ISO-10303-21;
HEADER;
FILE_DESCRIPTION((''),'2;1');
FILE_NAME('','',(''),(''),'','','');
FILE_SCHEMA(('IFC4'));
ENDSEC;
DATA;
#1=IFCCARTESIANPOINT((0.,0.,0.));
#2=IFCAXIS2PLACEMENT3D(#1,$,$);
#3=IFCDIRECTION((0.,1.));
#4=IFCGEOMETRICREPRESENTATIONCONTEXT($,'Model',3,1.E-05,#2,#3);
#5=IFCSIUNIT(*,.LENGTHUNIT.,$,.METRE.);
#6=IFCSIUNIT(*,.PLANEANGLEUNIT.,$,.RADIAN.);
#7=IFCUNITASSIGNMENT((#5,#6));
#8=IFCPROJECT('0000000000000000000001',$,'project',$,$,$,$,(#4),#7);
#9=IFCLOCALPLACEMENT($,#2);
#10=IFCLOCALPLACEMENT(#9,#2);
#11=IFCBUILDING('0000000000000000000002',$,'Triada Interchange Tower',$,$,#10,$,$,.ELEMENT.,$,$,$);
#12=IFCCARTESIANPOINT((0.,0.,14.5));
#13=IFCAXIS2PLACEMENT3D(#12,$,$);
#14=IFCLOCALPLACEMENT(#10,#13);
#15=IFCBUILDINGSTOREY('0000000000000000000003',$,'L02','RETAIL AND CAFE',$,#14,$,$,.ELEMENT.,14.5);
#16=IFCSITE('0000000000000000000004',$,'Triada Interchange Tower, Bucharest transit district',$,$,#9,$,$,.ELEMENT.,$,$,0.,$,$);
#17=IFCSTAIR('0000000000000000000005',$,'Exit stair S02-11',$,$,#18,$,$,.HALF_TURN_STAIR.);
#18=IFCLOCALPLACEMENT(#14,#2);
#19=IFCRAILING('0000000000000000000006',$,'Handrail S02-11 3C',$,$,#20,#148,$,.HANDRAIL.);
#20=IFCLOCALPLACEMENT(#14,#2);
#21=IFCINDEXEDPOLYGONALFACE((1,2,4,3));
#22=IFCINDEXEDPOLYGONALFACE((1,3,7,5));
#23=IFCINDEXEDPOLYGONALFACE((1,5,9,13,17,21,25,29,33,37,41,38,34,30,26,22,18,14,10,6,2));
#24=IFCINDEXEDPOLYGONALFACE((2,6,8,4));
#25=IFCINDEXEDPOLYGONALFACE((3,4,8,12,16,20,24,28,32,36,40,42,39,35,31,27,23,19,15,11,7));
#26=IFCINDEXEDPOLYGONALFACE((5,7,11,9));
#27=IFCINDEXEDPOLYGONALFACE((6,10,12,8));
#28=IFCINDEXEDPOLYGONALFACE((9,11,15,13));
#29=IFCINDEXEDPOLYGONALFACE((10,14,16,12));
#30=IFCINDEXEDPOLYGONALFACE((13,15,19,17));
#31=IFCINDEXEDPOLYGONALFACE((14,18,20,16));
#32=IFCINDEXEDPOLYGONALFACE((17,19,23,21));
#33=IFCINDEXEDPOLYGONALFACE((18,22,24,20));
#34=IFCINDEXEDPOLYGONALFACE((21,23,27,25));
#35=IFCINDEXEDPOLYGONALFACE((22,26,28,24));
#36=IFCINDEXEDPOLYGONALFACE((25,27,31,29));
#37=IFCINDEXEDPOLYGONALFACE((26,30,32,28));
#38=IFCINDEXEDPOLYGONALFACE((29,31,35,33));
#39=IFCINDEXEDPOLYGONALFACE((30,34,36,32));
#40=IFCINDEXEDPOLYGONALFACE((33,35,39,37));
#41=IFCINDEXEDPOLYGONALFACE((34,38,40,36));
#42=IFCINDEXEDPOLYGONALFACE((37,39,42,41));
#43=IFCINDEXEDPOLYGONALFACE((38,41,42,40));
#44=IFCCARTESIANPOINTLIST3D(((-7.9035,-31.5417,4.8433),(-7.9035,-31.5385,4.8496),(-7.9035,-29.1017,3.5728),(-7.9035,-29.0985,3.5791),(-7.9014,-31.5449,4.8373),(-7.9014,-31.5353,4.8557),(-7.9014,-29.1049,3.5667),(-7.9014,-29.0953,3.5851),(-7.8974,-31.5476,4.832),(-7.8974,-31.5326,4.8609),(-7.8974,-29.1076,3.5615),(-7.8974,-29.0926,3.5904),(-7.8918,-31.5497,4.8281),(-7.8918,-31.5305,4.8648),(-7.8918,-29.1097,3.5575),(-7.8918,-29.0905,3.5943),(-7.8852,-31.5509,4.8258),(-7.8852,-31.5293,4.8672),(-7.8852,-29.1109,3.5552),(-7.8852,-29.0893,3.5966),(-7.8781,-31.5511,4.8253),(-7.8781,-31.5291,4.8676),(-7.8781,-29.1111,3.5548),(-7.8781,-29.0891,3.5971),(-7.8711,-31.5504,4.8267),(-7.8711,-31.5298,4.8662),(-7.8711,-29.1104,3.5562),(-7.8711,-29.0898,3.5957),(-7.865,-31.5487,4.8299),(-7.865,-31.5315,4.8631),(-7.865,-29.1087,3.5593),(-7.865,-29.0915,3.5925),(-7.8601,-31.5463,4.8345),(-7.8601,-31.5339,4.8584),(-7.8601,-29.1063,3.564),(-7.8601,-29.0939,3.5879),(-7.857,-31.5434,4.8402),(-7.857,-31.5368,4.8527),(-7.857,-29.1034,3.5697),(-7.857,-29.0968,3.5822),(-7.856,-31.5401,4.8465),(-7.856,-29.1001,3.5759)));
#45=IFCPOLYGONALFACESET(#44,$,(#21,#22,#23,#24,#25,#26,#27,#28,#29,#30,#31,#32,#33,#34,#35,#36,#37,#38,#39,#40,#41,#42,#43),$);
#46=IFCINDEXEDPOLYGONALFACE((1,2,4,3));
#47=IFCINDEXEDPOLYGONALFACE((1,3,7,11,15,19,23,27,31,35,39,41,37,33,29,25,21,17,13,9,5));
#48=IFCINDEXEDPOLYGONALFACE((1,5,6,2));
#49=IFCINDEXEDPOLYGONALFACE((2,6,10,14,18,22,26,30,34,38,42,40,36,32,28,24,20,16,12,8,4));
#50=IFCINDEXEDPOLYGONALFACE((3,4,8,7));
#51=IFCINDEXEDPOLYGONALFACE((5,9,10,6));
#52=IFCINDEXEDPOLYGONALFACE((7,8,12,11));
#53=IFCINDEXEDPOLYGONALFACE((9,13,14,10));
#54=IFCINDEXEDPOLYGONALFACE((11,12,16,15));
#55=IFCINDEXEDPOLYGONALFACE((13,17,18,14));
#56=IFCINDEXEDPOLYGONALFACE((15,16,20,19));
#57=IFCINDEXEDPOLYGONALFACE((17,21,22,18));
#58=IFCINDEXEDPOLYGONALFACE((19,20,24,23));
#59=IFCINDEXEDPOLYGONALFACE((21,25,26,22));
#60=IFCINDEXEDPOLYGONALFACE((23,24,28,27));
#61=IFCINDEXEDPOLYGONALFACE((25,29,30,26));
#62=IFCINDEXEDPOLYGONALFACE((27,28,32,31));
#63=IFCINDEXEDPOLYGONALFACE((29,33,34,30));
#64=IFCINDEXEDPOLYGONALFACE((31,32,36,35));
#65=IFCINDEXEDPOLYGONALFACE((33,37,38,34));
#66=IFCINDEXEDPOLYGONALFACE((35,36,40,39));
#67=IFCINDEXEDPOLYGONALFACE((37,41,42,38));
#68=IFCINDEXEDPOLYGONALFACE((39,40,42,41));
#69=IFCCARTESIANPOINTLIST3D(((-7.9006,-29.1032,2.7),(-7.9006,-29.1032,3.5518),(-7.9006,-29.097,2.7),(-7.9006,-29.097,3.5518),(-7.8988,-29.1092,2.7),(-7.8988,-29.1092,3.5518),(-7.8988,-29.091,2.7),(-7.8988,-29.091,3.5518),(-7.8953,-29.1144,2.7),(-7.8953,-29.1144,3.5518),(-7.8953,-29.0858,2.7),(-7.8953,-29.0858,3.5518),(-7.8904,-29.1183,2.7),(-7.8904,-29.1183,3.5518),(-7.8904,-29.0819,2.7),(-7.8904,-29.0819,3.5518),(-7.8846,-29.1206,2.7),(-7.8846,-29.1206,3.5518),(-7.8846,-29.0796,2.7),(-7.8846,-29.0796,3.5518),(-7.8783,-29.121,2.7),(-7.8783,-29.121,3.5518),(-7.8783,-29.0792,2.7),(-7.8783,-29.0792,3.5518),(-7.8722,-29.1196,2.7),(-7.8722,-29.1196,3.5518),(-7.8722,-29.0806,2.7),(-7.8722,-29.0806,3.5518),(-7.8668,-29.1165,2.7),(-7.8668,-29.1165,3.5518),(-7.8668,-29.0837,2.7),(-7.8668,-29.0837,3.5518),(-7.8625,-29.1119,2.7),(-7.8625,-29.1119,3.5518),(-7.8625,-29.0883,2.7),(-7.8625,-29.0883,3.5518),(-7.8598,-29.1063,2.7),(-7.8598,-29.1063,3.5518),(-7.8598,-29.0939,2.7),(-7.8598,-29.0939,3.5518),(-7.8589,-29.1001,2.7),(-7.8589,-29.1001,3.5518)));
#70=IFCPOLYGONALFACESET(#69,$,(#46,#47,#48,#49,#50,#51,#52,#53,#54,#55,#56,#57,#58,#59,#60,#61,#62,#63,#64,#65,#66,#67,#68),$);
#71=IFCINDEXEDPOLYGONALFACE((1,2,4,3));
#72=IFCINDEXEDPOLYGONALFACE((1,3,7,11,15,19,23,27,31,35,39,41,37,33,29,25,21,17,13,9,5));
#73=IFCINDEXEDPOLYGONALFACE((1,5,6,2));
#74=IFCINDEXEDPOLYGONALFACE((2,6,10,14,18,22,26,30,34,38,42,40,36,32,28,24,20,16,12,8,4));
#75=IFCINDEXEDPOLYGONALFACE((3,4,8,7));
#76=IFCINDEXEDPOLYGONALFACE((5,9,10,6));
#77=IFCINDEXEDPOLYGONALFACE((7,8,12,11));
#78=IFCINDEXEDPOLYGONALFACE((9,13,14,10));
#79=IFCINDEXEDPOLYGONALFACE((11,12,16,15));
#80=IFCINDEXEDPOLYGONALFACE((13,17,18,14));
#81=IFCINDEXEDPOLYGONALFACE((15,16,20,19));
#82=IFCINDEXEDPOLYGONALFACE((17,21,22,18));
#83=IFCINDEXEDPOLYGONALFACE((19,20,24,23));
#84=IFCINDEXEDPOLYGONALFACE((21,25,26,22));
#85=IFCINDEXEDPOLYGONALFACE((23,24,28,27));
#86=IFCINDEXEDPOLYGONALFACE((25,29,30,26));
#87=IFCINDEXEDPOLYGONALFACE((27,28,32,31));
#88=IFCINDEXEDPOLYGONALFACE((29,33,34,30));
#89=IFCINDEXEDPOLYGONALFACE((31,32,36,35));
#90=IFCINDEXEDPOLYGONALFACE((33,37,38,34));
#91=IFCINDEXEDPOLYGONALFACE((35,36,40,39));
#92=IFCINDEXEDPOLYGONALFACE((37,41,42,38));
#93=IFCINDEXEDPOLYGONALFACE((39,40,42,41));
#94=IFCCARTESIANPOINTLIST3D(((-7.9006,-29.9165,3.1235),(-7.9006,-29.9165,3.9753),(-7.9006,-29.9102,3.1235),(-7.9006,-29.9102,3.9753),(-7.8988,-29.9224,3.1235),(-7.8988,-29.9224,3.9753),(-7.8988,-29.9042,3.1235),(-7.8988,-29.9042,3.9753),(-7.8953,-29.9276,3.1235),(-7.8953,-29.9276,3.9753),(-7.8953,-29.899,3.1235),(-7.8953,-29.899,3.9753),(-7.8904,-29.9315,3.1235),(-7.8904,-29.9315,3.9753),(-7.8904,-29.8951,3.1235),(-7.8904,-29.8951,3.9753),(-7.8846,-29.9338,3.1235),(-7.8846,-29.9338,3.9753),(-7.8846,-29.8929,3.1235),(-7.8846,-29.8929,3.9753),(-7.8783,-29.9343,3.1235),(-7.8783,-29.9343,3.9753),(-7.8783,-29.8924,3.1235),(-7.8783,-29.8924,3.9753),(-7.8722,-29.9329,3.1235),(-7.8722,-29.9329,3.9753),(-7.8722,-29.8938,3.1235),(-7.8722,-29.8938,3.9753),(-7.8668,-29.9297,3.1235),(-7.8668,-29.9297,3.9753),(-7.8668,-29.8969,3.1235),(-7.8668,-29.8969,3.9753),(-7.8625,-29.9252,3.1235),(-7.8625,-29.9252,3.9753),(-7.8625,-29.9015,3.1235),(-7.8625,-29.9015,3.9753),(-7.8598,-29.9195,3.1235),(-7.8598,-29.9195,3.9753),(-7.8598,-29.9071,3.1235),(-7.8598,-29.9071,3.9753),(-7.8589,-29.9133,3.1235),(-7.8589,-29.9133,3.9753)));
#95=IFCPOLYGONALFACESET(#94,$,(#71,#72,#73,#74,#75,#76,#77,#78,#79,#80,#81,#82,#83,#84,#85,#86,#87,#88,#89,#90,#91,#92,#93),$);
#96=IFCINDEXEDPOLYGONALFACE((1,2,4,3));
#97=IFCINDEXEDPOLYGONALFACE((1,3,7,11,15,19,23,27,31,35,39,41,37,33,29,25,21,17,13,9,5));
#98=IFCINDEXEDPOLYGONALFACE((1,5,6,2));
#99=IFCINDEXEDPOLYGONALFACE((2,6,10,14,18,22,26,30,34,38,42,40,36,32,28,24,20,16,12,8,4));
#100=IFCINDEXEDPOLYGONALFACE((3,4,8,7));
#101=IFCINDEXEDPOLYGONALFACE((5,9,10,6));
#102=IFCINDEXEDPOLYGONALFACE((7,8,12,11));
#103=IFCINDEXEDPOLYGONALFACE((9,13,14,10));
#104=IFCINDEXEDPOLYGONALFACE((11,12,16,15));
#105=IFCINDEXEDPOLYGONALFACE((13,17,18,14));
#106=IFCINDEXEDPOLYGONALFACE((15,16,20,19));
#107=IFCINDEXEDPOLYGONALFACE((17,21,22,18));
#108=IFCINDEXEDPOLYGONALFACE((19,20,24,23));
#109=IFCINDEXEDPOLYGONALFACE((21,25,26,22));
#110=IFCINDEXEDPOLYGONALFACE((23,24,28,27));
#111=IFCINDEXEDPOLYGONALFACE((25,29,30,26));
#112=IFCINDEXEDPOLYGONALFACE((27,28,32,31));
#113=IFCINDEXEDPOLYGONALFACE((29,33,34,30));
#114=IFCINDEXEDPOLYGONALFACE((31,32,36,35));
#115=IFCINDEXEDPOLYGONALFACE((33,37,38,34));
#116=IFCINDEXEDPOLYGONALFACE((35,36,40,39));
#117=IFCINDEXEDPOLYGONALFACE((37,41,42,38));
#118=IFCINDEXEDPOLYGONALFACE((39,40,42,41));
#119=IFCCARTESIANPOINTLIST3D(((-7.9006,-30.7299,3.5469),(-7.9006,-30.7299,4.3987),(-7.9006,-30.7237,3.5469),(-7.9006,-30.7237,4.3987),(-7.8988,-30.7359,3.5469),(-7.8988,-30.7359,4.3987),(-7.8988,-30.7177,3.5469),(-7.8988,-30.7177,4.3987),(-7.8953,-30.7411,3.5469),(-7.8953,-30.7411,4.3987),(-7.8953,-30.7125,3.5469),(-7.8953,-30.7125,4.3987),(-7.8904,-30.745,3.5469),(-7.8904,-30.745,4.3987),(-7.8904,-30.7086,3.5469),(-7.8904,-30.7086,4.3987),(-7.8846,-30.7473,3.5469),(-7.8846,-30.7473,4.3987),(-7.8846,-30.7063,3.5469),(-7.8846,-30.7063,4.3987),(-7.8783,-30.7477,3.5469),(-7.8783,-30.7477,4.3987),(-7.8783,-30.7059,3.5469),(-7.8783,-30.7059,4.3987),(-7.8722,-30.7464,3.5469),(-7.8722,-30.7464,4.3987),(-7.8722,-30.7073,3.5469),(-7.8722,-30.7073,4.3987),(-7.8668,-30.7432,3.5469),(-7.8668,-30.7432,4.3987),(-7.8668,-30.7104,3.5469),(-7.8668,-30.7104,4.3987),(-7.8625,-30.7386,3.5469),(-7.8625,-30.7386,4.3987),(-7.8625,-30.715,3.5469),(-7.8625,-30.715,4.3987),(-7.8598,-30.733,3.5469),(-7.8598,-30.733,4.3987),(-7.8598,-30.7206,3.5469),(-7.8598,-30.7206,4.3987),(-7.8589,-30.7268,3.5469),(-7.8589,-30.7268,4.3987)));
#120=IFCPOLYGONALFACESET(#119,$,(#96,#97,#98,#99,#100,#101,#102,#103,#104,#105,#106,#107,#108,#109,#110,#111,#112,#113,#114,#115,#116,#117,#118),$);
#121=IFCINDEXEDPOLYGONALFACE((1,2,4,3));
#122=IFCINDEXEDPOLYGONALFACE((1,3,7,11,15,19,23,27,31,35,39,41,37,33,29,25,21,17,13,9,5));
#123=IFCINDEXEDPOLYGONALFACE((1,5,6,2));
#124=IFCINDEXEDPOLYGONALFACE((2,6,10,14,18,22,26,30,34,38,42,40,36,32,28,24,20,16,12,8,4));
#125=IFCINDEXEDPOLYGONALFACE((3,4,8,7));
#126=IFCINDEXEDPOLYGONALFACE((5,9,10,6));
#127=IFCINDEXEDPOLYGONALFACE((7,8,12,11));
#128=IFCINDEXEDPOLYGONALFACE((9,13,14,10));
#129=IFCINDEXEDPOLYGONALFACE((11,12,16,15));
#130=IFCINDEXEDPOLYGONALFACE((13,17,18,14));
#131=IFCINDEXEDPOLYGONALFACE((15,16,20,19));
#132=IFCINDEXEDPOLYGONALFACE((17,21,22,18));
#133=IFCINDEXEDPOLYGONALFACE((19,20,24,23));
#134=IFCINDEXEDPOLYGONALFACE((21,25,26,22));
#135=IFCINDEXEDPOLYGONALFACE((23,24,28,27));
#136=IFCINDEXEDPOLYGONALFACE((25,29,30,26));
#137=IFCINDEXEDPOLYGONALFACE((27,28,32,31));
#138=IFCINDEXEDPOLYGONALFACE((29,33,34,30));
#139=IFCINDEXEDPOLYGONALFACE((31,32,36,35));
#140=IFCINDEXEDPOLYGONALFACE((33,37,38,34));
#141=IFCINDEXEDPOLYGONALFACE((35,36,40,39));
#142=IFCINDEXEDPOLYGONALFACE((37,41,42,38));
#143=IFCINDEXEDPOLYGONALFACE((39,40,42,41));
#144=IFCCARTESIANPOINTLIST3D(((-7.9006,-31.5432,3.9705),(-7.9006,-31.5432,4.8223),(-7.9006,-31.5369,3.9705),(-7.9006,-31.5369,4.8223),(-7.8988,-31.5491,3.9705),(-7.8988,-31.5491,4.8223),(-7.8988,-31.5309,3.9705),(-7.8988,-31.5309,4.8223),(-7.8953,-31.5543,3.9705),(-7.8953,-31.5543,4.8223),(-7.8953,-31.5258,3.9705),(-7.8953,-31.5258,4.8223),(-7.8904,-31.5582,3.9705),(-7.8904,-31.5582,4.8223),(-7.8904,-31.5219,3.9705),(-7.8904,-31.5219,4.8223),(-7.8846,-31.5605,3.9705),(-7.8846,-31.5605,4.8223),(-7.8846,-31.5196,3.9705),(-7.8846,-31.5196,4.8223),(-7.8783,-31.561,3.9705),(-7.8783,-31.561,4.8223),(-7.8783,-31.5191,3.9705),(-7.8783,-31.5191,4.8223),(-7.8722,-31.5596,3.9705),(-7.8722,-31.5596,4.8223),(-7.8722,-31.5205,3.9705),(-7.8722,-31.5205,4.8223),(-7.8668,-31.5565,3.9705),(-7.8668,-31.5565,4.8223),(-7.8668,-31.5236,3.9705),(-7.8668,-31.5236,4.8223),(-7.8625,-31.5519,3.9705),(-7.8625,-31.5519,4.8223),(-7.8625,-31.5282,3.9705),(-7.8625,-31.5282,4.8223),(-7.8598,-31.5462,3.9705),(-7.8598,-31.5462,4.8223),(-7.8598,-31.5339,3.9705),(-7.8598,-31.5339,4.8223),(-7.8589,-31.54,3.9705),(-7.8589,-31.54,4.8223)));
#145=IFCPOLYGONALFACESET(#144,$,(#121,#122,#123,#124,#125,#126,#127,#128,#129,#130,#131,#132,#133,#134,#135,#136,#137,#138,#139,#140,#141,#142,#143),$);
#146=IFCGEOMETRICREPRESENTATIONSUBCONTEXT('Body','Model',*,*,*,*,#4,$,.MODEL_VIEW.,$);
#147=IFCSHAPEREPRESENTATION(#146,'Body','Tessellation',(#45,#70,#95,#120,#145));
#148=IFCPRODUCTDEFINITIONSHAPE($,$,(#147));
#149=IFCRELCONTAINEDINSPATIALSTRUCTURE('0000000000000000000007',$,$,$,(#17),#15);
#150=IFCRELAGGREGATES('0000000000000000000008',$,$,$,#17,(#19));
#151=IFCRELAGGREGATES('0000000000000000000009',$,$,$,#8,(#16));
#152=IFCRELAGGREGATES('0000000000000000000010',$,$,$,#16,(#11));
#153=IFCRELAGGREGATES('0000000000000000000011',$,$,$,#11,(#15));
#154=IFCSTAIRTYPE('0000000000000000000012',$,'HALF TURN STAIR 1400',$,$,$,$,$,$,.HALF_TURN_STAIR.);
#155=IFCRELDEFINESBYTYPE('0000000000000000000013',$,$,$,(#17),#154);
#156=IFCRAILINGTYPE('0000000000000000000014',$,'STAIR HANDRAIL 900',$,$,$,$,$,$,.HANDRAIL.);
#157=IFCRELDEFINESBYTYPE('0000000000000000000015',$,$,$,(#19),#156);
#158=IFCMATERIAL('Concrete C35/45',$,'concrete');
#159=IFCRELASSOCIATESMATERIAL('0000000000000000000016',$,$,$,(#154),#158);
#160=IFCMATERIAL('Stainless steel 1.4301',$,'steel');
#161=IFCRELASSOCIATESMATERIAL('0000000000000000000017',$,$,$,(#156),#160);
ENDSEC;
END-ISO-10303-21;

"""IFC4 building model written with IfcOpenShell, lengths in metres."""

from ifc_helpers import new_model, si_unit, direction, frame, origin, origin_2d, place, context, subcontext, project, spatial, circle, extrude, material, type_object, element, aggregate, save


model = new_model("IFC4")

# Units and contexts
model_context = context("Model", 3, precision=1e-05, world=origin(), true_north=direction((0.0, 1.0)))
body_context = subcontext(model_context, "Body", "Model", "MODEL_VIEW")
ifc_project = project(units=[si_unit("LENGTHUNIT", "METRE"), si_unit("PLANEANGLEUNIT", "RADIAN")], contexts=[model_context])

# Site, building, storey
site_placement = place(None, origin())
site = spatial("IfcSite", under=ifc_project, at=site_placement, Name="Triada Interchange Tower, Bucharest transit district", CompositionType="ELEMENT", RefElevation=0.0)
building_placement = place(site_placement, origin())
building = spatial("IfcBuilding", under=site, at=building_placement, Name="Triada Interchange Tower", CompositionType="ELEMENT")
storey_placement = place(building_placement, frame((0.0, 0.0, 14.5)))
storey = spatial("IfcBuildingStorey", under=building, at=storey_placement, Name="L02", Description="RETAIL AND CAFE", CompositionType="ELEMENT", Elevation=14.5)

# Shared definitions
ifc_material_1 = material(Name="Concrete C35/45", Category="concrete")

# Stair
stair_type = type_object("IfcStairType", Name="HALF TURN STAIR 1400", PredefinedType="HALF_TURN_STAIR", material=ifc_material_1)
stair_placement = place(storey_placement, origin())
stair = element("IfcStair", 1, at=stair_placement, inside=storey, type_object=stair_type, Name="Exit stair S02-11", PredefinedType="HALF_TURN_STAIR")

# Railing
ifc_material_2 = material(Name="Stainless steel 1.4301", Category="steel")
railing_type_1 = type_object("IfcRailingType", Name="STAIR HANDRAIL 900", PredefinedType="HANDRAIL", material=ifc_material_2)
railing_1_placement = place(storey_placement, frame((-7.8799, -29.1001, 2.7)))
railing_1 = element("IfcRailing", 2, at=railing_1_placement, type_object=railing_type_1, Name="Handrail S02-11 3C", PredefinedType="HANDRAIL", context=body_context, shape_type="SweptSolid", body=[
    extrude(circle(Radius=0.0239, at=origin_2d()), frame((0.0, 0.0, 0.876), z_axis=(0.0, -0.886958, 0.46185), x_axis=(1.0, 0.0, 0.0)), (0.0, 0.0, 1.0), 2.751),
    extrude(circle(Radius=0.021, at=origin_2d()), origin(), (0.0, 0.0, 1.0), 0.8518),
    extrude(circle(Radius=0.021, at=origin_2d()), frame((0.0, -0.8132, 0.4236)), (0.0, 0.0, 1.0), 0.8518),
    extrude(circle(Radius=0.021, at=origin_2d()), frame((0.0, -1.6267, 0.8469)), (0.0, 0.0, 1.0), 0.8518),
    extrude(circle(Radius=0.021, at=origin_2d()), frame((0.0, -2.4399, 1.2705)), (0.0, 0.0, 1.0), 0.8518),
])
aggregate(stair, [railing_1])

save(model, "model.ifc")
